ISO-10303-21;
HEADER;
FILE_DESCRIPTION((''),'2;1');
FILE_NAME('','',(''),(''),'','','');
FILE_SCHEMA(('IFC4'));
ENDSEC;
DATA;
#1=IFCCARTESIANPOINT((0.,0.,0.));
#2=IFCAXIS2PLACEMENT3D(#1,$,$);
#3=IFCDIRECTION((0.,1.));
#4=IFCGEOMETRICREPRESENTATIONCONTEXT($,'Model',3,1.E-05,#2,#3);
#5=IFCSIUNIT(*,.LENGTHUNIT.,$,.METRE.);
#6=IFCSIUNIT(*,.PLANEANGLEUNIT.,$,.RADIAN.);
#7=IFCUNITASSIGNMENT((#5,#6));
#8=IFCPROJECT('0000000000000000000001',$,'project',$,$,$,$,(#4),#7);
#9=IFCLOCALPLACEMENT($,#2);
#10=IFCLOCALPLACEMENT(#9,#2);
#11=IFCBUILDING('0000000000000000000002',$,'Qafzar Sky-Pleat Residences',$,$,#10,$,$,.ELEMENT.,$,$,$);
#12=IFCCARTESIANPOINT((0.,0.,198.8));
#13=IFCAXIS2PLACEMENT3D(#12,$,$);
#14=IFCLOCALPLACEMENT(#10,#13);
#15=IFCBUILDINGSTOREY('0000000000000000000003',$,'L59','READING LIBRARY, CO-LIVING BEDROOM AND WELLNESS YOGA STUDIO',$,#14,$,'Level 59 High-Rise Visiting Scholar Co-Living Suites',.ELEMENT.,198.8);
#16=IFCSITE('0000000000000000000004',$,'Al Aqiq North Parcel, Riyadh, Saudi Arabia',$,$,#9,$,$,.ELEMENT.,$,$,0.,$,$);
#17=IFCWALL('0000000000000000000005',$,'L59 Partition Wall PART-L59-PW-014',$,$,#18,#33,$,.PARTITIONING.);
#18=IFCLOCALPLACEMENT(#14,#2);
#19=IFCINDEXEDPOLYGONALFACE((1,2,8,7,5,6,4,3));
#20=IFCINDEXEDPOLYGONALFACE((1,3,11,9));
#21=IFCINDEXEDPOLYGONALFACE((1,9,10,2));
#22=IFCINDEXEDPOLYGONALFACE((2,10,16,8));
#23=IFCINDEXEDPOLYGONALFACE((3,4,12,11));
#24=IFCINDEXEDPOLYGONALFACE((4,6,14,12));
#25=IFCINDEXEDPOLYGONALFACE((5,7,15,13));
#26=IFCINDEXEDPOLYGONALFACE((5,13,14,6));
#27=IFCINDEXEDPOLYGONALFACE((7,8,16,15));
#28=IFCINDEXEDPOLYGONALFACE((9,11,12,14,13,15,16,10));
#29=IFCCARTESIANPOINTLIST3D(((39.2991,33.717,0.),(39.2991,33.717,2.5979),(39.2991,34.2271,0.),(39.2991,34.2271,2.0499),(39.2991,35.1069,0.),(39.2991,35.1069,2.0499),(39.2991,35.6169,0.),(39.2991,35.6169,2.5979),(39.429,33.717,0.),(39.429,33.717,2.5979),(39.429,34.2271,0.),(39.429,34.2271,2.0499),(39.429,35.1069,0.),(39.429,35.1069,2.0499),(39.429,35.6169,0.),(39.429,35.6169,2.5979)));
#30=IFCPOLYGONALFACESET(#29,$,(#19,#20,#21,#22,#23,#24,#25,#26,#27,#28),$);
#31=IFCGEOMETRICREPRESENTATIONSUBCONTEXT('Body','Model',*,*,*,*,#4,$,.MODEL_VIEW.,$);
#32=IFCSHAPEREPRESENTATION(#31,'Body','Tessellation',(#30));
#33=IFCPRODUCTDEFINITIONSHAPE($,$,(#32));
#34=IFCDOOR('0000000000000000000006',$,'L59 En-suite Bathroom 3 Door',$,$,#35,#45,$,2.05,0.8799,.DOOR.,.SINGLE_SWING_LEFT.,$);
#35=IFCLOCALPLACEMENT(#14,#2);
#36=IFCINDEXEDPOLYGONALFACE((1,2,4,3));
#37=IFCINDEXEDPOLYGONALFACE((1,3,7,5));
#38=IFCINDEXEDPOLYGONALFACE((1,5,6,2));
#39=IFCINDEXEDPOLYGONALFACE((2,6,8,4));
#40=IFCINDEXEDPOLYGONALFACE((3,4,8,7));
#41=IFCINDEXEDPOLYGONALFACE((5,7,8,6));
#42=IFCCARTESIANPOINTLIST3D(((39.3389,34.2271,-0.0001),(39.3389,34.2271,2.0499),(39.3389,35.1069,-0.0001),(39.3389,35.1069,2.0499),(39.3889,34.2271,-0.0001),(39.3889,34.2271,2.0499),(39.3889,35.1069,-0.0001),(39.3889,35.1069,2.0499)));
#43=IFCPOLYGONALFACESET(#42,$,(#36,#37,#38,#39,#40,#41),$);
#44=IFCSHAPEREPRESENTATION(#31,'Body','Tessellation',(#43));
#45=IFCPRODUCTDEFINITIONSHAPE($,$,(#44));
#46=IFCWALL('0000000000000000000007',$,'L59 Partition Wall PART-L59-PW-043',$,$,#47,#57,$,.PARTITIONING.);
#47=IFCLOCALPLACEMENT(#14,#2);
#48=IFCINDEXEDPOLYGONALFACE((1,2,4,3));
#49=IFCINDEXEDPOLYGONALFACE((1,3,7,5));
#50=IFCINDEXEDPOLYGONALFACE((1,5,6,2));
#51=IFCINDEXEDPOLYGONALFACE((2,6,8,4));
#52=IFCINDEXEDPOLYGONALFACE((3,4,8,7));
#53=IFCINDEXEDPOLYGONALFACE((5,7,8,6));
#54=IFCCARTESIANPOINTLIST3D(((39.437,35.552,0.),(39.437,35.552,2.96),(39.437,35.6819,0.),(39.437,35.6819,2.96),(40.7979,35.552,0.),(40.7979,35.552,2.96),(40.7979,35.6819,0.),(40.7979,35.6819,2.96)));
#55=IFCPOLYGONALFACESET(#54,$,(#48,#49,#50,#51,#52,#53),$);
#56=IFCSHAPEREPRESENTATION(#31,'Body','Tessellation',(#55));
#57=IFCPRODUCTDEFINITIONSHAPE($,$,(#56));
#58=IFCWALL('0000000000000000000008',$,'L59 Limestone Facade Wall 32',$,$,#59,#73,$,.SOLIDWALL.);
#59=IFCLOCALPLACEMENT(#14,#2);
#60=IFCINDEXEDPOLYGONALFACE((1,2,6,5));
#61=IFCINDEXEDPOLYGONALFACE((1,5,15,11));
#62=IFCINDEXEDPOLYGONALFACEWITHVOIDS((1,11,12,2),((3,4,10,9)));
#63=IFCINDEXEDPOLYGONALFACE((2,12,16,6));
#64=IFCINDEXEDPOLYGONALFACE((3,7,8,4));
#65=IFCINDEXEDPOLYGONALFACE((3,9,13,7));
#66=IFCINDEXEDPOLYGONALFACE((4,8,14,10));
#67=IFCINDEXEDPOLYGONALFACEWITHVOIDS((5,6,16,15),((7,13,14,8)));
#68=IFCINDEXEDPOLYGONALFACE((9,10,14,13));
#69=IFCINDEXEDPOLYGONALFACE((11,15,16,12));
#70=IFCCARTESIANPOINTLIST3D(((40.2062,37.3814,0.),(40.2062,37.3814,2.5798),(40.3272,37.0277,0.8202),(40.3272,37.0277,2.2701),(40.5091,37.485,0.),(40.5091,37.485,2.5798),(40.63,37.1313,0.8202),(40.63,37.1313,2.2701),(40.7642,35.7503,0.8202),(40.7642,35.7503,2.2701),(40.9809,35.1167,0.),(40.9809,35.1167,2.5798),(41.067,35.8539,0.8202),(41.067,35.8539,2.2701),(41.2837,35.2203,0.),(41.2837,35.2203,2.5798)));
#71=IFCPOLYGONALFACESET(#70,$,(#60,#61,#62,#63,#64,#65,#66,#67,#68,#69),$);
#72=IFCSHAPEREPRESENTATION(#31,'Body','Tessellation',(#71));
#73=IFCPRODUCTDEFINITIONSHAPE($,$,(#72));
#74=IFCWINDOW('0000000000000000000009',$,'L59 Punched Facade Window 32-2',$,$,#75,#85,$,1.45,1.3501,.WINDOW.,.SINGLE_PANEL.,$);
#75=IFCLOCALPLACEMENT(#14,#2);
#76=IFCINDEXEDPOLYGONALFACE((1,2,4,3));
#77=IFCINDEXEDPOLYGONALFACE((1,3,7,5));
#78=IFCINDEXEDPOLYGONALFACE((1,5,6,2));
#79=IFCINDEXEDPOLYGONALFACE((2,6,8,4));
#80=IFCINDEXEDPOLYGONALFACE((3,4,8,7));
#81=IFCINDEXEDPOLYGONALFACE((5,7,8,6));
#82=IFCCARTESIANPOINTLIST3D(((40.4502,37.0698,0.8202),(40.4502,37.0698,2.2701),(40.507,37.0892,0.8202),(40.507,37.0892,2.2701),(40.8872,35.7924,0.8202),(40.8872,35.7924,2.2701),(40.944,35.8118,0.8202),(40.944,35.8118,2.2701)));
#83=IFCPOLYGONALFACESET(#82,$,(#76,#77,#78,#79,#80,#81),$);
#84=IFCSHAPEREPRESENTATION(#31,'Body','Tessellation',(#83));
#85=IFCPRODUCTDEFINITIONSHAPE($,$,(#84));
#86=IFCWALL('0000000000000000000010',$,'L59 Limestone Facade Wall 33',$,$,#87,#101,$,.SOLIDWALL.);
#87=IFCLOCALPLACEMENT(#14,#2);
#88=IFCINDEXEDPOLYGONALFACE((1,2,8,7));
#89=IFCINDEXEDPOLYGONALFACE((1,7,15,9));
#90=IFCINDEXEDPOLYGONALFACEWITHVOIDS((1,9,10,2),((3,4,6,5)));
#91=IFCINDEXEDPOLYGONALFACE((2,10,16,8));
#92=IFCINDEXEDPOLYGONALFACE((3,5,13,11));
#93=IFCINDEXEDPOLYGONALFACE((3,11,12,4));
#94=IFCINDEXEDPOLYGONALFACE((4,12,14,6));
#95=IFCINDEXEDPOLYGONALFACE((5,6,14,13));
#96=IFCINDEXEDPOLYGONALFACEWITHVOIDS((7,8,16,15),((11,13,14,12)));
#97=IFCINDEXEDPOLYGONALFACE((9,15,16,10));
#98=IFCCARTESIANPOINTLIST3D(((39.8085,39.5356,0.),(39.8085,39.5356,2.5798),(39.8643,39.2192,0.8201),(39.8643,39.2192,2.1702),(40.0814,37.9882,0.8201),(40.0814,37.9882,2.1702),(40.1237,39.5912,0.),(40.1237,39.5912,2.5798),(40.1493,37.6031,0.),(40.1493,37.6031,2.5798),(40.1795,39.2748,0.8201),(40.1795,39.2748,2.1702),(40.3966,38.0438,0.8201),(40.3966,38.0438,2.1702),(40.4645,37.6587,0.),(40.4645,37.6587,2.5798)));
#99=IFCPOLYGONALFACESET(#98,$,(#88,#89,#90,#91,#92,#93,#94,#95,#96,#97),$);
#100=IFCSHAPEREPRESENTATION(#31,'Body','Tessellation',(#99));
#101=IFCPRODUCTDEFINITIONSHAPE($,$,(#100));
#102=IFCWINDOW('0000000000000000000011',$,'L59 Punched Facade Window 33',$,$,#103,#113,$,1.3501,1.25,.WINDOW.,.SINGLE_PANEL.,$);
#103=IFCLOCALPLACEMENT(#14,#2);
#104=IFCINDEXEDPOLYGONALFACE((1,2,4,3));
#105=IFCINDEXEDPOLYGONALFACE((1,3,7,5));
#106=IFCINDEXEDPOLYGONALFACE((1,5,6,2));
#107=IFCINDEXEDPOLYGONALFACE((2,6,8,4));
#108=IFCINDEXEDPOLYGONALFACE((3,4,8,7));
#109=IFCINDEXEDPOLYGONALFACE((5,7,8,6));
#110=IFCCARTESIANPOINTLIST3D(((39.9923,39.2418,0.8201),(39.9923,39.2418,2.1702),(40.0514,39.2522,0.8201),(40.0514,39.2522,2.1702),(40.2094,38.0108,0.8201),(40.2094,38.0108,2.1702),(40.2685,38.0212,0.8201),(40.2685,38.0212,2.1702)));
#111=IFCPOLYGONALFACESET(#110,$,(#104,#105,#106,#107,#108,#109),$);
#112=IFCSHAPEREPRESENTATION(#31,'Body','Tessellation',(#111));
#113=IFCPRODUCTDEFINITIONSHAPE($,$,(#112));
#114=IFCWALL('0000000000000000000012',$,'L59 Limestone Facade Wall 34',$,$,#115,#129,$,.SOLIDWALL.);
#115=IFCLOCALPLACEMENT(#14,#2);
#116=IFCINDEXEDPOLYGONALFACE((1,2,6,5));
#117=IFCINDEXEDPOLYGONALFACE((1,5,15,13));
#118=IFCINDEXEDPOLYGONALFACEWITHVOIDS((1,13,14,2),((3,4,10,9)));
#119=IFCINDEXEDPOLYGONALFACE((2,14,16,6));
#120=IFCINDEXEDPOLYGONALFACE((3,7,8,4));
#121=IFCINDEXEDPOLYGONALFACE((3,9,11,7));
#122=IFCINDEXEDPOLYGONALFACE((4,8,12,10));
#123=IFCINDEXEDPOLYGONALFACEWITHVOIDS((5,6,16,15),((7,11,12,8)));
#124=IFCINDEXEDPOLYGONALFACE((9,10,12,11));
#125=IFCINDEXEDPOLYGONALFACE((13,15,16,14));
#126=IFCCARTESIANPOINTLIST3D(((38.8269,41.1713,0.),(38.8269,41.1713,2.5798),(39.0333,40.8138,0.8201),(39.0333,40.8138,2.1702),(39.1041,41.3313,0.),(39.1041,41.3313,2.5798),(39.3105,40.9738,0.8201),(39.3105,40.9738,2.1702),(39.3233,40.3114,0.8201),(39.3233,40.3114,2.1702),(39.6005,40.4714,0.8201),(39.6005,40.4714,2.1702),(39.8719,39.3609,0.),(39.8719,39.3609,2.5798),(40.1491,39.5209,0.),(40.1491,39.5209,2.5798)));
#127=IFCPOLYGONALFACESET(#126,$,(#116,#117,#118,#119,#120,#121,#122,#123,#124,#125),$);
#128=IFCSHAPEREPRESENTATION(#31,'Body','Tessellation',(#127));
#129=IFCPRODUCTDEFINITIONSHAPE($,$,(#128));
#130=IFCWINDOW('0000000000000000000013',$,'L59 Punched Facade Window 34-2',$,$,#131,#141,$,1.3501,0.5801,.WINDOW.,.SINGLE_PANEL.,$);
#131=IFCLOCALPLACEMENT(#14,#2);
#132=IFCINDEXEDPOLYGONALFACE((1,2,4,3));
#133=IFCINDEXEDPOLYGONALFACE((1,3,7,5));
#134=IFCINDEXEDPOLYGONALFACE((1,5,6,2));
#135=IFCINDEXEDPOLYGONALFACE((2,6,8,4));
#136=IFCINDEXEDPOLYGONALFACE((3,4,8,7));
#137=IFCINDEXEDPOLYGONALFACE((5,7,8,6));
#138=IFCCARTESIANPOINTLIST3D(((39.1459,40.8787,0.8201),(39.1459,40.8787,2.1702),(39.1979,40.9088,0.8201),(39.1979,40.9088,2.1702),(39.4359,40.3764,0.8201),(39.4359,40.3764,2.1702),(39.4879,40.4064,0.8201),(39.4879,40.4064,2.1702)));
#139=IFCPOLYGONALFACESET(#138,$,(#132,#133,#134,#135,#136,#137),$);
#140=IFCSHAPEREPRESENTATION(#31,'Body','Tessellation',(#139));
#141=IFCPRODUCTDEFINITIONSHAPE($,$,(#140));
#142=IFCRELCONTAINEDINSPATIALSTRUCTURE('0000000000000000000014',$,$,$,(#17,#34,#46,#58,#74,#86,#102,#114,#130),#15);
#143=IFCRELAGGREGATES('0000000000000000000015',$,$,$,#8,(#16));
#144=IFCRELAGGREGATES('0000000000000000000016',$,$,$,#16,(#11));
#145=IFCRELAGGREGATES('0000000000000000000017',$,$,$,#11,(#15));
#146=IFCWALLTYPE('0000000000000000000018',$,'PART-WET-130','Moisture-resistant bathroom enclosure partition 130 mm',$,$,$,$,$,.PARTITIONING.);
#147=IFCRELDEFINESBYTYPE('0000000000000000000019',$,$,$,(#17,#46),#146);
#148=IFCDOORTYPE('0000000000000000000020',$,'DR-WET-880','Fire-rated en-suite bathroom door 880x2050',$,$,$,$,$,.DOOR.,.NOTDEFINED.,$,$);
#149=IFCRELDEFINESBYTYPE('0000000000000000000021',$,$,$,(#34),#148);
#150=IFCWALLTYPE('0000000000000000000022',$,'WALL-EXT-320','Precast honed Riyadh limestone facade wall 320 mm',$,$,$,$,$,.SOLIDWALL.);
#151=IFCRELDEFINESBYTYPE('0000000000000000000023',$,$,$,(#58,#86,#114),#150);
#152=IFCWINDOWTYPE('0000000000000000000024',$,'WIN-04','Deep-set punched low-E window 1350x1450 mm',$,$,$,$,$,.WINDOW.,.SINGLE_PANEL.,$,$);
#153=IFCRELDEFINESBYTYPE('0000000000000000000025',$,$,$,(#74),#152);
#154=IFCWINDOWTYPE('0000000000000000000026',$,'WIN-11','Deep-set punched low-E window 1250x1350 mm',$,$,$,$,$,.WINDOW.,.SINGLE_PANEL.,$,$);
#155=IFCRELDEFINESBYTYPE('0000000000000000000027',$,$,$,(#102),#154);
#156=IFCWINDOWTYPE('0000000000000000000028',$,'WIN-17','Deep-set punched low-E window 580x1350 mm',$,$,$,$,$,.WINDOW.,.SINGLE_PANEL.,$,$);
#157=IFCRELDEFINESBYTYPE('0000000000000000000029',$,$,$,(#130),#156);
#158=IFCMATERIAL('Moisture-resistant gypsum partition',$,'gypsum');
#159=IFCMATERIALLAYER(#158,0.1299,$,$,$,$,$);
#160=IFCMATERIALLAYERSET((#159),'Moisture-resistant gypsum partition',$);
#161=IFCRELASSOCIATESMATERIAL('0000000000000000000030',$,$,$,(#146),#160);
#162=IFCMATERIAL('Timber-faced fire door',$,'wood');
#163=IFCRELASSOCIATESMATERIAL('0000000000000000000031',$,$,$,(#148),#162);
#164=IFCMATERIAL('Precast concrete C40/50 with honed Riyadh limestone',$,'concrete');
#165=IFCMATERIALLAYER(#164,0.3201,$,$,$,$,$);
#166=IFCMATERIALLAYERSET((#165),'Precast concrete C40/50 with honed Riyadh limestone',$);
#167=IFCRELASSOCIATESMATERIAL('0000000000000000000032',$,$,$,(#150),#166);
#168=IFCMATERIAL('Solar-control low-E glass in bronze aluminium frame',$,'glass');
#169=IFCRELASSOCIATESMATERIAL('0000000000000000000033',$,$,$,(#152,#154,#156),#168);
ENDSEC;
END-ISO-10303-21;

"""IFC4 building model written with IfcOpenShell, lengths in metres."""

from ifc_helpers import new_model, si_unit, direction, frame, frame_2d, origin, place, context, subcontext, project, spatial, rectangle, extrude, source, transform, mapped, material, layer, layer_set, type_object, element, fill, save


model = new_model("IFC4")

# Units and contexts
model_context = context("Model", 3, precision=1e-05, world=origin(), true_north=direction((0.0, 1.0)))
body_context = subcontext(model_context, "Body", "Model", "MODEL_VIEW")
ifc_project = project(units=[si_unit("LENGTHUNIT", "METRE"), si_unit("PLANEANGLEUNIT", "RADIAN")], contexts=[model_context])

# Site, building, storey
site_placement = place(None, origin())
site = spatial("IfcSite", under=ifc_project, at=site_placement, Name="Al Aqiq North Parcel, Riyadh, Saudi Arabia", CompositionType="ELEMENT", RefElevation=0.0)
building_placement = place(site_placement, origin())
building = spatial("IfcBuilding", under=site, at=building_placement, Name="Qafzar Sky-Pleat Residences", CompositionType="ELEMENT")
storey_placement = place(building_placement, frame((0.0, 0.0, 198.8)))
storey = spatial("IfcBuildingStorey", under=building, at=storey_placement, Name="L59", Description="READING LIBRARY, CO-LIVING BEDROOM AND WELLNESS YOGA STUDIO", LongName="Level 59 High-Rise Visiting Scholar Co-Living Suites", CompositionType="ELEMENT", Elevation=198.8)

# Wall, opening, door
ifc_material_1 = material(Name="Moisture-resistant gypsum partition", Category="gypsum")
ifc_layer_1 = layer(ifc_material_1, 0.1299)
ifc_layer_set_1 = layer_set([ifc_layer_1], Name="Moisture-resistant gypsum partition")
wall_type_1 = type_object("IfcWallType", Name="PART-WET-130", Description="Moisture-resistant bathroom enclosure partition 130 mm", PredefinedType="PARTITIONING", material=ifc_layer_set_1)
wall_1_placement = place(storey_placement, frame((39.364, 35.6169, 0.0), z_axis=(0.0, 0.0, 1.0), x_axis=(0.0, -1.0, 0.0)))
wall_1 = element("IfcWall", 1, at=wall_1_placement, inside=storey, type_object=wall_type_1, Name="L59 Partition Wall PART-L59-PW-014", PredefinedType="PARTITIONING", context=body_context, shape_type="SweptSolid", body=[
    extrude(rectangle(XDim=1.8999, YDim=0.1299, at=frame_2d((0.95, 0.0))), origin(), (0.0, 0.0, 1.0), 2.5979),
])
opening_1_placement = place(wall_1_placement, frame((0.51, 0.0, 0.0)))
opening_1 = element("IfcOpeningElement", 2, at=opening_1_placement, cuts=wall_1, PredefinedType="OPENING", context=body_context, shape_type="SweptSolid", body=[
    extrude(rectangle(XDim=0.8799, YDim=2.05, at=frame_2d((0.4399, 1.0249))), frame((0.0, 0.075, 0.0), z_axis=(0.0, -1.0, 0.0), x_axis=(1.0, 0.0, 0.0)), (0.0, 0.0, 1.0), 0.1499),
])
ifc_material_2 = material(Name="Timber-faced fire door", Category="wood")
door_type = type_object("IfcDoorType", Name="DR-WET-880", Description="Fire-rated en-suite bathroom door 880x2050", OperationType="NOTDEFINED", PredefinedType="DOOR", material=ifc_material_2)
shared_shape_1 = source(origin(), body_context, "Body", "SweptSolid", [
    extrude(rectangle(XDim=0.8799, YDim=2.05, at=frame_2d((0.4399, 1.0249))), frame((0.0, 0.0249, 0.0), z_axis=(0.0, -1.0, 0.0), x_axis=(1.0, 0.0, 0.0)), (0.0, 0.0, 1.0), 0.05),
])
door_placement = place(opening_1_placement, origin())
door = element("IfcDoor", 3, at=door_placement, inside=storey, type_object=door_type, Name="L59 En-suite Bathroom 3 Door", OperationType="SINGLE_SWING_LEFT", OverallHeight=2.05, OverallWidth=0.8799, PredefinedType="DOOR", context=body_context, shape_type="MappedRepresentation", body=[
    mapped(shared_shape_1, transform((0.0, 0.0, 0.0), x_axis=(1.0, 0.0, 0.0), y_axis=(0.0, 1.0, 0.0), z_axis=(0.0, 0.0, 1.0), scale=1.0)),
])
fill(opening_1, door)

# Wall
wall_2_placement = place(storey_placement, frame((39.437, 35.6169, 0.0), z_axis=(0.0, 0.0, 1.0), x_axis=(1.0, 0.0, 0.0)))
element("IfcWall", 4, at=wall_2_placement, inside=storey, type_object=wall_type_1, Name="L59 Partition Wall PART-L59-PW-043", PredefinedType="PARTITIONING", context=body_context, shape_type="SweptSolid", body=[
    extrude(rectangle(XDim=1.3608, YDim=0.1299, at=frame_2d((0.6804, 0.0))), origin(), (0.0, 0.0, 1.0), 2.96),
])

# Walls, openings, windows
ifc_material_3 = material(Name="Precast concrete C40/50 with honed Riyadh limestone", Category="concrete")
ifc_layer_2 = layer(ifc_material_3, 0.3201)
ifc_layer_set_2 = layer_set([ifc_layer_2], Name="Precast concrete C40/50 with honed Riyadh limestone")
wall_type_2 = type_object("IfcWallType", Name="WALL-EXT-320", Description="Precast honed Riyadh limestone facade wall 320 mm", PredefinedType="SOLIDWALL", material=ifc_layer_set_2)
wall_3_placement = place(storey_placement, frame((41.1323, 35.1685, 0.0), z_axis=(0.0, 0.0, 1.0), x_axis=(-0.323654, 0.946175, 0.0)))
wall_3 = element("IfcWall", 5, at=wall_3_placement, inside=storey, type_object=wall_type_2, Name="L59 Limestone Facade Wall 32", PredefinedType="SOLIDWALL", context=body_context, shape_type="SweptSolid", body=[
    extrude(rectangle(XDim=2.3936, YDim=0.3201, at=frame_2d((1.1968, 0.0))), origin(), (0.0, 0.0, 1.0), 2.5798),
])
opening_2_placement = place(wall_3_placement, frame((0.6697, 0.0, 0.8201)))
opening_2 = element("IfcOpeningElement", 6, at=opening_2_placement, cuts=wall_3, PredefinedType="OPENING", context=body_context, shape_type="SweptSolid", body=[
    extrude(rectangle(XDim=1.3501, YDim=1.45, at=frame_2d((0.675, 0.7251))), frame((0.0, 0.1699, 0.0), z_axis=(0.0, -1.0, 0.0), x_axis=(1.0, 0.0, 0.0)), (0.0, 0.0, 1.0), 0.3401),
])
ifc_material_4 = material(Name="Solar-control low-E glass in bronze aluminium frame", Category="glass")
window_type_1 = type_object("IfcWindowType", Name="WIN-04", Description="Deep-set punched low-E window 1350x1450 mm", PartitioningType="SINGLE_PANEL", PredefinedType="WINDOW", material=ifc_material_4)
shared_shape_2 = source(origin(), body_context, "Body", "SweptSolid", [
    extrude(rectangle(XDim=1.3501, YDim=1.45, at=frame_2d((0.675, 0.7251))), frame((0.0, 0.03, 0.0), z_axis=(0.0, -1.0, 0.0), x_axis=(1.0, 0.0, 0.0)), (0.0, 0.0, 1.0), 0.0601),
])
window_1_placement = place(opening_2_placement, origin())
window_1 = element("IfcWindow", 7, at=window_1_placement, inside=storey, type_object=window_type_1, Name="L59 Punched Facade Window 32-2", OverallHeight=1.45, OverallWidth=1.3501, PartitioningType="SINGLE_PANEL", PredefinedType="WINDOW", context=body_context, shape_type="MappedRepresentation", body=[
    mapped(shared_shape_2, transform((0.0, 0.0, 0.0), x_axis=(1.0, 0.0, 0.0), y_axis=(0.0, 1.0, 0.0), z_axis=(0.0, 0.0, 1.0), scale=1.0)),
])
fill(opening_2, window_1)
wall_4_placement = place(storey_placement, frame((40.3069, 37.6309, 0.0), z_axis=(0.0, 0.0, 1.0), x_axis=(-0.173672, 0.984804, 0.0)))
wall_4 = element("IfcWall", 8, at=wall_4_placement, inside=storey, type_object=wall_type_2, Name="L59 Limestone Facade Wall 33", PredefinedType="SOLIDWALL", context=body_context, shape_type="SweptSolid", body=[
    extrude(rectangle(XDim=1.9624, YDim=0.3201, at=frame_2d((0.9812, 0.0))), origin(), (0.0, 0.0, 1.0), 2.5798),
])
opening_3_placement = place(wall_4_placement, frame((0.3911, 0.0, 0.8201)))
opening_3 = element("IfcOpeningElement", 9, at=opening_3_placement, cuts=wall_4, PredefinedType="OPENING", context=body_context, shape_type="SweptSolid", body=[
    extrude(rectangle(XDim=1.25, YDim=1.3501, at=frame_2d((0.625, 0.675))), frame((0.0, 0.1699, 0.0), z_axis=(0.0, -1.0, 0.0), x_axis=(1.0, 0.0, 0.0)), (0.0, 0.0, 1.0), 0.3401),
])
window_type_2 = type_object("IfcWindowType", Name="WIN-11", Description="Deep-set punched low-E window 1250x1350 mm", PartitioningType="SINGLE_PANEL", PredefinedType="WINDOW", material=ifc_material_4)
shared_shape_3 = source(origin(), body_context, "Body", "SweptSolid", [
    extrude(rectangle(XDim=1.25, YDim=1.3501, at=frame_2d((0.625, 0.675))), frame((0.0, 0.03, 0.0), z_axis=(0.0, -1.0, 0.0), x_axis=(1.0, 0.0, 0.0)), (0.0, 0.0, 1.0), 0.0601),
])
window_2_placement = place(opening_3_placement, origin())
window_2 = element("IfcWindow", 10, at=window_2_placement, inside=storey, type_object=window_type_2, Name="L59 Punched Facade Window 33", OverallHeight=1.3501, OverallWidth=1.25, PartitioningType="SINGLE_PANEL", PredefinedType="WINDOW", context=body_context, shape_type="MappedRepresentation", body=[
    mapped(shared_shape_3, transform((0.0, 0.0, 0.0), x_axis=(1.0, 0.0, 0.0), y_axis=(0.0, 1.0, 0.0), z_axis=(0.0, 0.0, 1.0), scale=1.0)),
])
fill(opening_3, window_2)
wall_5_placement = place(storey_placement, frame((40.0105, 39.4409, 0.0), z_axis=(0.0, 0.0, 1.0), x_axis=(-0.499908, 0.866079, 0.0)))
wall_5 = element("IfcWall", 11, at=wall_5_placement, inside=storey, type_object=wall_type_2, Name="L59 Limestone Facade Wall 34", PredefinedType="SOLIDWALL", context=body_context, shape_type="SweptSolid", body=[
    extrude(rectangle(XDim=2.0903, YDim=0.3201, at=frame_2d((1.0452, 0.0))), origin(), (0.0, 0.0, 1.0), 2.5798),
])
opening_4_placement = place(wall_5_placement, frame((1.0974, 0.0, 0.8201)))
opening_4 = element("IfcOpeningElement", 12, at=opening_4_placement, cuts=wall_5, PredefinedType="OPENING", context=body_context, shape_type="SweptSolid", body=[
    extrude(rectangle(XDim=0.5801, YDim=1.3501, at=frame_2d((0.29, 0.675))), frame((0.0, 0.1699, 0.0), z_axis=(0.0, -1.0, 0.0), x_axis=(1.0, 0.0, 0.0)), (0.0, 0.0, 1.0), 0.3401),
])
window_type_3 = type_object("IfcWindowType", Name="WIN-17", Description="Deep-set punched low-E window 580x1350 mm", PartitioningType="SINGLE_PANEL", PredefinedType="WINDOW", material=ifc_material_4)
shared_shape_4 = source(origin(), body_context, "Body", "SweptSolid", [
    extrude(rectangle(XDim=0.5801, YDim=1.3501, at=frame_2d((0.29, 0.675))), frame((0.0, 0.03, 0.0), z_axis=(0.0, -1.0, 0.0), x_axis=(1.0, 0.0, 0.0)), (0.0, 0.0, 1.0), 0.0601),
])
window_3_placement = place(opening_4_placement, origin())
window_3 = element("IfcWindow", 13, at=window_3_placement, inside=storey, type_object=window_type_3, Name="L59 Punched Facade Window 34-2", OverallHeight=1.3501, OverallWidth=0.5801, PartitioningType="SINGLE_PANEL", PredefinedType="WINDOW", context=body_context, shape_type="MappedRepresentation", body=[
    mapped(shared_shape_4, transform((0.0, 0.0, 0.0), x_axis=(1.0, 0.0, 0.0), y_axis=(0.0, 1.0, 0.0), z_axis=(0.0, 0.0, 1.0), scale=1.0)),
])
fill(opening_4, window_3)

save(model, "model.ifc")
